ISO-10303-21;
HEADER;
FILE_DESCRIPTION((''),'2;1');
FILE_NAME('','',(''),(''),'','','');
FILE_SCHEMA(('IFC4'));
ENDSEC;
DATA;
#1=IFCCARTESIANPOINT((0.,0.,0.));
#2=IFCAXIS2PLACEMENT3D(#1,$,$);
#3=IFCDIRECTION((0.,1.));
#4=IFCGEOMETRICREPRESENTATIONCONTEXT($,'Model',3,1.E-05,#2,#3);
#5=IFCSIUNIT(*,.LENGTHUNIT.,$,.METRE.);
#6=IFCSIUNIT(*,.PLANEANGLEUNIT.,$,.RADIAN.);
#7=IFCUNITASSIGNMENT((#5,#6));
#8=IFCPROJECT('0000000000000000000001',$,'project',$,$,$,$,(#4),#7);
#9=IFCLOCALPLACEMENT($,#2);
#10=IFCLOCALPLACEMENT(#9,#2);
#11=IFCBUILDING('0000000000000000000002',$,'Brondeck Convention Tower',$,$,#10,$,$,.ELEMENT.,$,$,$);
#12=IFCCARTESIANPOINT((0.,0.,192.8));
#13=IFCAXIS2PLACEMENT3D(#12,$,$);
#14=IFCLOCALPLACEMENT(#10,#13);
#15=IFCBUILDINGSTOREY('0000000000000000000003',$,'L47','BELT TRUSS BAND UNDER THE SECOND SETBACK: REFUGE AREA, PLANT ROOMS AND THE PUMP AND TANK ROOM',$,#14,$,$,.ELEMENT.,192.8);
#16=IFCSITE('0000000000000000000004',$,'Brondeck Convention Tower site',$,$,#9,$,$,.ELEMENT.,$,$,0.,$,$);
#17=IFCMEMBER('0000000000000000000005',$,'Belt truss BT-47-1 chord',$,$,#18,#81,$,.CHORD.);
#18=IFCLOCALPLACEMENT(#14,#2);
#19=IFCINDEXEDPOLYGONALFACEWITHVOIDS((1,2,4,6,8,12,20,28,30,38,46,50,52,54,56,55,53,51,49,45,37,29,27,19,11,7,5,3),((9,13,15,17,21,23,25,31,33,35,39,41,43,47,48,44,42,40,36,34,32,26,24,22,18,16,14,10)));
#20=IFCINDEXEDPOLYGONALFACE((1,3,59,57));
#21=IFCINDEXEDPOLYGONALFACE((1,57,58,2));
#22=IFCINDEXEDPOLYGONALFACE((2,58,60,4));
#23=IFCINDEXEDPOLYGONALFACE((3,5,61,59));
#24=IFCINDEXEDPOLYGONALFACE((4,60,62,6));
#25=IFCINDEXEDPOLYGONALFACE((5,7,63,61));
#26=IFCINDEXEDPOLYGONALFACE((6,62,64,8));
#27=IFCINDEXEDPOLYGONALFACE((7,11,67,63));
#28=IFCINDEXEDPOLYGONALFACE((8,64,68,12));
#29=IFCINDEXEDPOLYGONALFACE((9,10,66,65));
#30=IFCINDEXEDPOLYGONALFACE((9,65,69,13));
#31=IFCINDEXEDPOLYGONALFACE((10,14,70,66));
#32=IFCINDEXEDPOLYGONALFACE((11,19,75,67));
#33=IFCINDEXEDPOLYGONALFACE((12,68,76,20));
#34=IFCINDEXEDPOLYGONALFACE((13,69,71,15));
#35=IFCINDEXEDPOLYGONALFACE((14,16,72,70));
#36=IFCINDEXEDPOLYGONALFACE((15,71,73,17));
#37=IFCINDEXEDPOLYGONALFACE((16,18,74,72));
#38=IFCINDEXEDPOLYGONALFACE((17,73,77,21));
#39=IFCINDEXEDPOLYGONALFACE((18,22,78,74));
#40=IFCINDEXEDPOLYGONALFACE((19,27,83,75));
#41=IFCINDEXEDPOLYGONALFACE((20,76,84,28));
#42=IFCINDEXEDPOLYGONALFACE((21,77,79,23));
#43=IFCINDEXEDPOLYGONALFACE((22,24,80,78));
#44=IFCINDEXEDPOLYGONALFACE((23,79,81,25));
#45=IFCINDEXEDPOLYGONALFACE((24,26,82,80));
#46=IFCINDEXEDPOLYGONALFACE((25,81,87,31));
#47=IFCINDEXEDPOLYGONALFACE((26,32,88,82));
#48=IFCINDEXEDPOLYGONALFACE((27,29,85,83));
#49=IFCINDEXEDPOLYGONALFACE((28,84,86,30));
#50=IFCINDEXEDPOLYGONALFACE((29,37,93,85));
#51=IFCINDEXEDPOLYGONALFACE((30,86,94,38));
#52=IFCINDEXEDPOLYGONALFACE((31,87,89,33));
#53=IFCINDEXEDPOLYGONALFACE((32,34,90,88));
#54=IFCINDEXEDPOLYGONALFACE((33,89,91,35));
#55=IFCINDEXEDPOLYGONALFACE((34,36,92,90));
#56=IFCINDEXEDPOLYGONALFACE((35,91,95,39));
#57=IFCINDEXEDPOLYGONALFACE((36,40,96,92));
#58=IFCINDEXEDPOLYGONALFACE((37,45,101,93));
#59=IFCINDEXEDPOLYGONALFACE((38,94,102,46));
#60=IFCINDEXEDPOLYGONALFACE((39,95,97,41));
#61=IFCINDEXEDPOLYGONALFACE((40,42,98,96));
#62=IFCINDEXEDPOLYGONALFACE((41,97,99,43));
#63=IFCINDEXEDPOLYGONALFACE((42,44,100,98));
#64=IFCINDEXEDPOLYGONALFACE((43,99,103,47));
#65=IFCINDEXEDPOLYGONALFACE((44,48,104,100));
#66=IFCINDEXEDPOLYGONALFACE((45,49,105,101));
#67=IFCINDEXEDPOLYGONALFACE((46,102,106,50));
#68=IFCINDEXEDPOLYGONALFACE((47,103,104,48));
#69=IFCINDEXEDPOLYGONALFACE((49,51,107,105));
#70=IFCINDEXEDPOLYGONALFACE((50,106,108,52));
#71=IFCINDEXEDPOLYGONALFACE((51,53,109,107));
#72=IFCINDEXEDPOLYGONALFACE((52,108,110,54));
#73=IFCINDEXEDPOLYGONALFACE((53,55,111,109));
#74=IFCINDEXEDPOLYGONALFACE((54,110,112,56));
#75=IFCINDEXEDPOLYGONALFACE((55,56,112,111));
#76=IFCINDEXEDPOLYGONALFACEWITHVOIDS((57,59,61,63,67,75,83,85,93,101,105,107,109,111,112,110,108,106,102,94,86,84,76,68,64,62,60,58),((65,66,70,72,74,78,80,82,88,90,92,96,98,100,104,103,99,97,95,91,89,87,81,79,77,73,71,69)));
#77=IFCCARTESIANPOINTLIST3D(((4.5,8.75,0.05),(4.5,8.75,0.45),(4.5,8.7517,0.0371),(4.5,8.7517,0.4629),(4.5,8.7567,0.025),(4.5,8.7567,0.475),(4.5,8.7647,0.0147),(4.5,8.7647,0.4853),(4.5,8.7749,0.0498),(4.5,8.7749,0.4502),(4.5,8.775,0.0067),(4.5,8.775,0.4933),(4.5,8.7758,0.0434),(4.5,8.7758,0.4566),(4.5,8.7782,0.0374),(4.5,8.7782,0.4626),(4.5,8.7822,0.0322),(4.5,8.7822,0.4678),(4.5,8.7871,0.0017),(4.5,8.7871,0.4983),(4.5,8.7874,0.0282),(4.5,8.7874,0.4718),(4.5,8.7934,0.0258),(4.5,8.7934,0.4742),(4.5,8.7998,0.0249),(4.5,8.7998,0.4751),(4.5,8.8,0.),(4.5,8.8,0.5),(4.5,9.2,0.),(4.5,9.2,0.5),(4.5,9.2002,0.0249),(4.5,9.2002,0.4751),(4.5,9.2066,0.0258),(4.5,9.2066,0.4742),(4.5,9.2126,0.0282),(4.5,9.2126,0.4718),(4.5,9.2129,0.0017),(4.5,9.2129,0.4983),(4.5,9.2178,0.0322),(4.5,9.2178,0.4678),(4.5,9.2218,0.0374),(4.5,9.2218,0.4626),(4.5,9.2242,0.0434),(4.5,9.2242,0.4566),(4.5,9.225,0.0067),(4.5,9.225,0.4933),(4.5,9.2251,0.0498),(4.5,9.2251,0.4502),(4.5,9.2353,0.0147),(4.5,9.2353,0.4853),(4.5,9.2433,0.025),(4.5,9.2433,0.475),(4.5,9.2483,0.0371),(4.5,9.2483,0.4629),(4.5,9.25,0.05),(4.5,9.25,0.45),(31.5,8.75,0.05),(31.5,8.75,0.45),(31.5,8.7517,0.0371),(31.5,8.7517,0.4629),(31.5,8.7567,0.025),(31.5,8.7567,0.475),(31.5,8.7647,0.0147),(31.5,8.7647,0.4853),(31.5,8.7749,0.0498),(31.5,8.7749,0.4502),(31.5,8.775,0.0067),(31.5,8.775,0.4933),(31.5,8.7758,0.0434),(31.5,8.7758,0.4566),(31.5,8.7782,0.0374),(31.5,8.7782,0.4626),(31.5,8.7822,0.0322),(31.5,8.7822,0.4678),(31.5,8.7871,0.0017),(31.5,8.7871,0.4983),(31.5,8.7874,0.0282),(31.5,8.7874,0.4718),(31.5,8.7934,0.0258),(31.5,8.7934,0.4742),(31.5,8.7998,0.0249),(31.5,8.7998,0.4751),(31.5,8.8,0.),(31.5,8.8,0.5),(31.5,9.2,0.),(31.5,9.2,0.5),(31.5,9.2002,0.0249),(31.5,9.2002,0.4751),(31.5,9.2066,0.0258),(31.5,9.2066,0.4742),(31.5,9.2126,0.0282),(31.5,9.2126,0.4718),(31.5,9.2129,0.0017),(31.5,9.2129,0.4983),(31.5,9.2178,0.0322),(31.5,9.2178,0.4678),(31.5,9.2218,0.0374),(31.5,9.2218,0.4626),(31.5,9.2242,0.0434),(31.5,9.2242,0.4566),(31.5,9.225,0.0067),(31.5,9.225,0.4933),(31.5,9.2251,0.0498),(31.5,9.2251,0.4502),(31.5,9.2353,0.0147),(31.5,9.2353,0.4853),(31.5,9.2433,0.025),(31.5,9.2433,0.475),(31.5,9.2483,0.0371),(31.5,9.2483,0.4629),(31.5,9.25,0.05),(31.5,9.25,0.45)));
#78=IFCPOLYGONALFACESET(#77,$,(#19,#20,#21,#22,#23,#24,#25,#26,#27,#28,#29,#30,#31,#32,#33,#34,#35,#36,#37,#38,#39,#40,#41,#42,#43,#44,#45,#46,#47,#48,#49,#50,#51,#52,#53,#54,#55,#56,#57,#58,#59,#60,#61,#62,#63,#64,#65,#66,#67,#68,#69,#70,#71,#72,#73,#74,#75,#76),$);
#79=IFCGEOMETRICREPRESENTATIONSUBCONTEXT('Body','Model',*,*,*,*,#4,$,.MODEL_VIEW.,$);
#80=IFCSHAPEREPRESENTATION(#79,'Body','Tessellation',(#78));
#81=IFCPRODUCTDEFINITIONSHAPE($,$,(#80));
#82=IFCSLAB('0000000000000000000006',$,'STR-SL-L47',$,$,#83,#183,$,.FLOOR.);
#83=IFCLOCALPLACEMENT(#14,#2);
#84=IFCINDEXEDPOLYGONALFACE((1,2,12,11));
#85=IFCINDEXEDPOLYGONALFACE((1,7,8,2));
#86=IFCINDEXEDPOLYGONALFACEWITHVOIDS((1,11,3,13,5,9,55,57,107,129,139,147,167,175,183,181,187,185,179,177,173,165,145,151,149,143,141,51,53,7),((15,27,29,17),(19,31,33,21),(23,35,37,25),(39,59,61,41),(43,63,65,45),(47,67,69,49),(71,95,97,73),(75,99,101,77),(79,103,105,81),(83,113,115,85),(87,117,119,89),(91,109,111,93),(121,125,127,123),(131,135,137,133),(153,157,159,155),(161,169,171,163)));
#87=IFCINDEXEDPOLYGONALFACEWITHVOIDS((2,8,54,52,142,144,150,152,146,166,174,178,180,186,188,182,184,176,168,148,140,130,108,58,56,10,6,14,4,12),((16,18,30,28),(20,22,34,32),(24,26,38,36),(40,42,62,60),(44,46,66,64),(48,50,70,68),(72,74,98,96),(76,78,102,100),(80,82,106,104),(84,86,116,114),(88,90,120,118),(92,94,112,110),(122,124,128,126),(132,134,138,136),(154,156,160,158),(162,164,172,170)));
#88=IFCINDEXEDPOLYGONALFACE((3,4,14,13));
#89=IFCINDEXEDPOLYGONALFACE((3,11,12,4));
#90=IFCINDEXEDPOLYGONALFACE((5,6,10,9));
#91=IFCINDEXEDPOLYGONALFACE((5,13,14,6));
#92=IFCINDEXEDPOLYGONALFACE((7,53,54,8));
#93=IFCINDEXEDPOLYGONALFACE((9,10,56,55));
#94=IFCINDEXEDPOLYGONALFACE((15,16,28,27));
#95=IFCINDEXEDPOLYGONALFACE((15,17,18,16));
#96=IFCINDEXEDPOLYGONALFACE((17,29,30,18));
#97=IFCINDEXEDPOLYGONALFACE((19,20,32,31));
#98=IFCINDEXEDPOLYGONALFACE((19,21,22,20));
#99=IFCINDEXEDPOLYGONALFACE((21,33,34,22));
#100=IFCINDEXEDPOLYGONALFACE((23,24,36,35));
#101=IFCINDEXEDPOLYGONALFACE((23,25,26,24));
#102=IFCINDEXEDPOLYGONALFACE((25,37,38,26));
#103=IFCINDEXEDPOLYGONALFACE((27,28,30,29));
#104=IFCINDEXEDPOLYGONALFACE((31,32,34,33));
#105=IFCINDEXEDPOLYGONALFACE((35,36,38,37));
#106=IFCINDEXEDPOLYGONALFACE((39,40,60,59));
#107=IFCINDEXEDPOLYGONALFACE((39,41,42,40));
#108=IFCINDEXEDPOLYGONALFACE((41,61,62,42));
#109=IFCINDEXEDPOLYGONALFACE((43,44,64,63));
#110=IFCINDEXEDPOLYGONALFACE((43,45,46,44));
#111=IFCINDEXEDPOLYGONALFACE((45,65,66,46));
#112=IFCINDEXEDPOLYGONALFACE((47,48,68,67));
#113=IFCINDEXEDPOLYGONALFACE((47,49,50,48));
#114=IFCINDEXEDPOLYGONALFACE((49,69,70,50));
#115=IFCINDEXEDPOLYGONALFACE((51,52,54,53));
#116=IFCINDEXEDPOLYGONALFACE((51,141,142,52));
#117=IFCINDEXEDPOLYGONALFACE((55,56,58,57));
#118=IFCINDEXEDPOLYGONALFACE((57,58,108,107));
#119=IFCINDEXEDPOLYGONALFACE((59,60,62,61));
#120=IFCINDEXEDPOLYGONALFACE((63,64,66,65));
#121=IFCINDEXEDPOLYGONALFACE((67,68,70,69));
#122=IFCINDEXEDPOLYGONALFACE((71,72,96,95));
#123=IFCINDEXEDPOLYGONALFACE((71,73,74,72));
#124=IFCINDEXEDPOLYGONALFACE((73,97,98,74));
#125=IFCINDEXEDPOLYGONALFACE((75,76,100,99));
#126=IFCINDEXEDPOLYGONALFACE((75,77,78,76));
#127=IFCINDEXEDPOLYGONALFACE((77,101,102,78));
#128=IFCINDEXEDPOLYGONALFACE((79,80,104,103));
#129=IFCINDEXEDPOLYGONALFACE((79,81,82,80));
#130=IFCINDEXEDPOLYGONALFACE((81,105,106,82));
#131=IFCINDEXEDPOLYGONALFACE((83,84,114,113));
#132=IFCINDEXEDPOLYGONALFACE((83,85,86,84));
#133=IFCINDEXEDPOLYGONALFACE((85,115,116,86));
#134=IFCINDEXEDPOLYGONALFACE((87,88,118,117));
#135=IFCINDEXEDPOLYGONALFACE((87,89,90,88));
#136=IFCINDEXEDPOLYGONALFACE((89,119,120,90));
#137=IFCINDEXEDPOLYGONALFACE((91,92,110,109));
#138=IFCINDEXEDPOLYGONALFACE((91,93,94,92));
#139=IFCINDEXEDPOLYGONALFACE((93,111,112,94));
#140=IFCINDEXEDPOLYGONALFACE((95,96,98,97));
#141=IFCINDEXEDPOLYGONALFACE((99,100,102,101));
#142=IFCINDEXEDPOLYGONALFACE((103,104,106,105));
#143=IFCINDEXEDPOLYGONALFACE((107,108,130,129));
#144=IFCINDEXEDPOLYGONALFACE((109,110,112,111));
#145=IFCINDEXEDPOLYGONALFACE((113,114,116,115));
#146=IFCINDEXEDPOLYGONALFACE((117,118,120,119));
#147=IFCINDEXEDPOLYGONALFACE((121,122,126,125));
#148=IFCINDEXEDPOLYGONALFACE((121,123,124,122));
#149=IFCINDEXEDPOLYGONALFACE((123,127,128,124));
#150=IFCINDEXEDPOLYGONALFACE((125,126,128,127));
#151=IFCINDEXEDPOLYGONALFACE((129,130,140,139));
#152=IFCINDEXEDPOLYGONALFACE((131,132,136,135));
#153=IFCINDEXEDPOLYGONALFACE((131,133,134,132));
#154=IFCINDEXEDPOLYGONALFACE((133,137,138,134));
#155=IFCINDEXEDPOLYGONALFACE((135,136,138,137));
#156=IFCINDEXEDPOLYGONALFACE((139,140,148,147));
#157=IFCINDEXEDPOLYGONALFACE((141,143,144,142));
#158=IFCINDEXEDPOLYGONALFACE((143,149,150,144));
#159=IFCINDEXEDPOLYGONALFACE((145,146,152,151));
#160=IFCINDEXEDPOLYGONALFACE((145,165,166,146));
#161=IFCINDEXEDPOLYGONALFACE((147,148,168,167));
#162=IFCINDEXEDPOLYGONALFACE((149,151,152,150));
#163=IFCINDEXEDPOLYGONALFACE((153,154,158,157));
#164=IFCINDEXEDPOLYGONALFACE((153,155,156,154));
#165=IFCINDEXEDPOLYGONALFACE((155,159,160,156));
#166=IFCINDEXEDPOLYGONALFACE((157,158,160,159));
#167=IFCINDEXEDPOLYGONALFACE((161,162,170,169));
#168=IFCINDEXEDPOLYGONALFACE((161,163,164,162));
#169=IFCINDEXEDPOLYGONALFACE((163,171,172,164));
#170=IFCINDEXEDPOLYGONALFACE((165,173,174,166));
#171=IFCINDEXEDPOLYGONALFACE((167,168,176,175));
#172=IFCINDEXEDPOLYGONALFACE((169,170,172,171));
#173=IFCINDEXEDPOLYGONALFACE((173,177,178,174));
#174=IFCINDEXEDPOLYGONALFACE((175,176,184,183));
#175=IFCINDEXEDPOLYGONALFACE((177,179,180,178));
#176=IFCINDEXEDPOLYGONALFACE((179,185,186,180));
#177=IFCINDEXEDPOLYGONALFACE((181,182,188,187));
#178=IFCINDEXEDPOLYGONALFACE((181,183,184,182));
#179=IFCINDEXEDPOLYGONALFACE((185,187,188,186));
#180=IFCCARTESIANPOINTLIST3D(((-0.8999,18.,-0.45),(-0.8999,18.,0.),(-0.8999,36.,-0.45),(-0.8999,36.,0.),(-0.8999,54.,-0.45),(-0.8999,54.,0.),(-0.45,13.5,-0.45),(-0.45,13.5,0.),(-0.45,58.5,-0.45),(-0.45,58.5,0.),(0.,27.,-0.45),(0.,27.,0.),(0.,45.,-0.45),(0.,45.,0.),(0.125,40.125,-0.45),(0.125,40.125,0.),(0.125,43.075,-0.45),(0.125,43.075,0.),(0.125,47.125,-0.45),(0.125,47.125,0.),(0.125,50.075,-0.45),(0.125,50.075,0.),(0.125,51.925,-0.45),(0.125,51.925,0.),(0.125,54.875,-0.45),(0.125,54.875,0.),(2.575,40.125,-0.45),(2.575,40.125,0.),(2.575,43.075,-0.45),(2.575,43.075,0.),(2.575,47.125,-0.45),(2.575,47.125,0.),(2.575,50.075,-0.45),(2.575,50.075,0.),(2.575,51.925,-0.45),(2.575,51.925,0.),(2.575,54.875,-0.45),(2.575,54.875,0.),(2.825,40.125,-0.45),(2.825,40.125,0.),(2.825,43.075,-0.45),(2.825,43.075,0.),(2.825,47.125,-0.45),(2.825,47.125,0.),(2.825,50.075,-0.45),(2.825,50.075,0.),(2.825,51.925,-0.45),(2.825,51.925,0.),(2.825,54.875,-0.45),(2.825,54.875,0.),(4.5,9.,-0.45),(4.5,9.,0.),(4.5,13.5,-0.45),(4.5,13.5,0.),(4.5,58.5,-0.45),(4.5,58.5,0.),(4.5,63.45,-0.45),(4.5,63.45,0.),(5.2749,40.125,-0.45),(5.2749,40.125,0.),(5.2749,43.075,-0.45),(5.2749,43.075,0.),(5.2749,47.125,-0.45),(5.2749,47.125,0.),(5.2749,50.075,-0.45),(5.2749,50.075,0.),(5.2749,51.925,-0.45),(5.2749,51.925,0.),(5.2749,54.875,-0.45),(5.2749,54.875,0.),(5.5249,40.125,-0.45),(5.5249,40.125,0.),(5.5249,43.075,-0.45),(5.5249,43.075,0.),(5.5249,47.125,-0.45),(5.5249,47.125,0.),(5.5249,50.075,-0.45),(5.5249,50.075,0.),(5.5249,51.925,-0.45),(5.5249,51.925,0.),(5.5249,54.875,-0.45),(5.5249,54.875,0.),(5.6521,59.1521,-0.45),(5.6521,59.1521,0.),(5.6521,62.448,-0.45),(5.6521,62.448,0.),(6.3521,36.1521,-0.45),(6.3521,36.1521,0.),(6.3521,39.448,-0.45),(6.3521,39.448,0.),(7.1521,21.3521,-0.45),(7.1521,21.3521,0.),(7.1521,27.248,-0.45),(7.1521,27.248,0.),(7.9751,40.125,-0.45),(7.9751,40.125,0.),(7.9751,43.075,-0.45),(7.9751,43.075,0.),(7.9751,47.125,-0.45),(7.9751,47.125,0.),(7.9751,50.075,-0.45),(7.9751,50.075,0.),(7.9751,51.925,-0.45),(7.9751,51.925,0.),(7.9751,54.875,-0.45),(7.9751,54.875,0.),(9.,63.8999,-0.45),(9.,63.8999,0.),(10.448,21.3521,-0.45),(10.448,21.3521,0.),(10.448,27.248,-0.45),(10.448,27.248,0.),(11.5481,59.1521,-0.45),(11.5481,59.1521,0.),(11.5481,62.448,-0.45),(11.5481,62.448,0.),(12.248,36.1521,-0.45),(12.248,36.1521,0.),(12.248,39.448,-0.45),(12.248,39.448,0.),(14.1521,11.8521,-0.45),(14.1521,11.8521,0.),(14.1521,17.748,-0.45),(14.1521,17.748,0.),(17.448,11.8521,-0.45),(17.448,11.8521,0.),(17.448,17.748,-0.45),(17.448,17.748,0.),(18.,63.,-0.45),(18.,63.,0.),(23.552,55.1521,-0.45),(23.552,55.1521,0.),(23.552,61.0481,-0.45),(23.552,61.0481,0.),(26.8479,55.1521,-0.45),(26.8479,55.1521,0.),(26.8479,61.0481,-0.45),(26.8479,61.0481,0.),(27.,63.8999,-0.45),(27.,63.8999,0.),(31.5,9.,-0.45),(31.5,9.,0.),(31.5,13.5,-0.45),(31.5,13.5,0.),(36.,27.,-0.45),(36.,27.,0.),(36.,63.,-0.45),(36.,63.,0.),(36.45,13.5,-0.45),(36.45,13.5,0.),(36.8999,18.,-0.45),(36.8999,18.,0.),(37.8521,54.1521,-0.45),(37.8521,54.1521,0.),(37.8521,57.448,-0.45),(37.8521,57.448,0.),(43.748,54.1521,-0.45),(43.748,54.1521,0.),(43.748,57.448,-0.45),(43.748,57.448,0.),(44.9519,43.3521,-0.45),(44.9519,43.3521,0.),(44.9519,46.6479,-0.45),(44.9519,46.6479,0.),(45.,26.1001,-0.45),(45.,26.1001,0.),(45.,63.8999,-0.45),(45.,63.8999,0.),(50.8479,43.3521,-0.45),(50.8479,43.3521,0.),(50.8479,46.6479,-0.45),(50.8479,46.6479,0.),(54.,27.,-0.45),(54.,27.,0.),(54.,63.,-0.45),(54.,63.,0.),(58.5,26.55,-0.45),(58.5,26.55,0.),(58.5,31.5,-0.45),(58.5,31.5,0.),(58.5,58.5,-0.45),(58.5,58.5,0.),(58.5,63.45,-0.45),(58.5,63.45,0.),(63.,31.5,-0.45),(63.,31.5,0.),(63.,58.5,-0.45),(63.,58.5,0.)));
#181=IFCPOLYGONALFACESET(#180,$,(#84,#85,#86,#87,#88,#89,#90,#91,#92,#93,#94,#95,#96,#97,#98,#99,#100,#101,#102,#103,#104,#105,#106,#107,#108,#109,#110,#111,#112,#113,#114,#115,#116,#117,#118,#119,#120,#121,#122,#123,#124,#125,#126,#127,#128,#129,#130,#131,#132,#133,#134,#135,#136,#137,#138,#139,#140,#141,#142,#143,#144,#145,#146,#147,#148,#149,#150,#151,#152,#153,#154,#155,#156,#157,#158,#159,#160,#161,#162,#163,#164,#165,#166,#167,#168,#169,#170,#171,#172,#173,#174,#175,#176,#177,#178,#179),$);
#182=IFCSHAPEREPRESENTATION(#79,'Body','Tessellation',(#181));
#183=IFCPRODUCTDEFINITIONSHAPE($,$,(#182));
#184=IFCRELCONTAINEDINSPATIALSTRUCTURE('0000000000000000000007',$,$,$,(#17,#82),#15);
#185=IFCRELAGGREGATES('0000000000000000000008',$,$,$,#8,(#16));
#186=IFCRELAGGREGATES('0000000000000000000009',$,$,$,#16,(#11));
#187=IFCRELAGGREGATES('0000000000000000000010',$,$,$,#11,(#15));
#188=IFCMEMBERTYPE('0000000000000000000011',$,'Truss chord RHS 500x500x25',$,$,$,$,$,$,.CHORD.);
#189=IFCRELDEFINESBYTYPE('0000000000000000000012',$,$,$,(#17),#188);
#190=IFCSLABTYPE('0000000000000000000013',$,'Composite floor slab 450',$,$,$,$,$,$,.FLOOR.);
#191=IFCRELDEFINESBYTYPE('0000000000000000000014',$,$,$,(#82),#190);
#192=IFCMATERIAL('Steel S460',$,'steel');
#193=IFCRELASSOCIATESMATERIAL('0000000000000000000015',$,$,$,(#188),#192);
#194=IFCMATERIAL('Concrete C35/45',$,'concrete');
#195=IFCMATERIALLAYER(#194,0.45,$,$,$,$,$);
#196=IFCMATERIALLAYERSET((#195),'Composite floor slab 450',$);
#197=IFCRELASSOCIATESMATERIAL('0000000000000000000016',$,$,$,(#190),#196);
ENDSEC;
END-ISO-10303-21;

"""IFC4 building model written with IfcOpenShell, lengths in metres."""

from ifc_helpers import new_model, si_unit, direction, frame, origin, origin_2d, place, context, subcontext, project, spatial, polyline, hollow_rectangle, outline, extrude, material, layer, layer_set, material_profile, profile_set, type_object, element, save


model = new_model("IFC4")

# Units and contexts
model_context = context("Model", 3, precision=1e-05, world=origin(), true_north=direction((0.0, 1.0)))
body_context = subcontext(model_context, "Body", "Model", "MODEL_VIEW")
ifc_project = project(units=[si_unit("LENGTHUNIT", "METRE"), si_unit("PLANEANGLEUNIT", "RADIAN")], contexts=[model_context])

# Site, building, storey
site_placement = place(None, origin())
site = spatial("IfcSite", under=ifc_project, at=site_placement, Name="Brondeck Convention Tower site", CompositionType="ELEMENT", RefElevation=0.0)
building_placement = place(site_placement, origin())
building = spatial("IfcBuilding", under=site, at=building_placement, Name="Brondeck Convention Tower", CompositionType="ELEMENT")
storey_placement = place(building_placement, frame((0.0, 0.0, 192.8)))
storey = spatial("IfcBuildingStorey", under=building, at=storey_placement, Name="L47", Description="BELT TRUSS BAND UNDER THE SECOND SETBACK: REFUGE AREA, PLANT ROOMS AND THE PUMP AND TANK ROOM", CompositionType="ELEMENT", Elevation=192.8)

# Shared definitions
ifc_material_1 = material(Name="Steel S460", Category="steel")

# Member
ifc_material_profile_1 = material_profile(ifc_material_1, hollow_rectangle(XDim=0.5, YDim=0.5, WallThickness=0.0249, InnerFilletRadius=0.0249, OuterFilletRadius=0.05, at=origin_2d()), Name="RHS 500x500x25")
ifc_profile_set_1 = profile_set([ifc_material_profile_1], Name="Steel S460")
member_type_1 = type_object("IfcMemberType", Name="Truss chord RHS 500x500x25", PredefinedType="CHORD", material=ifc_profile_set_1)
member_placement = place(storey_placement, frame((4.5, 9.0, 0.25), z_axis=(1.0, 0.0, 0.0), x_axis=(0.0, 1.0, 0.0)))
element("IfcMember", 1, at=member_placement, inside=storey, type_object=member_type_1, Name="Belt truss BT-47-1 chord", PredefinedType="CHORD", context=body_context, shape_type="SweptSolid", body=[
    extrude(hollow_rectangle(XDim=0.5, YDim=0.5, WallThickness=0.0249, InnerFilletRadius=0.0249, OuterFilletRadius=0.05, at=origin_2d()), origin(), (0.0, 0.0, 1.0), 27.0),
])

# Slab
ifc_material_2 = material(Name="Concrete C35/45", Category="concrete")
ifc_layer_1 = layer(ifc_material_2, 0.45)
ifc_layer_set_1 = layer_set([ifc_layer_1], Name="Composite floor slab 450")
slab_type_1 = type_object("IfcSlabType", Name="Composite floor slab 450", PredefinedType="FLOOR", material=ifc_layer_set_1)
slab_1_placement = place(storey_placement, frame((0.0, 0.0, -0.45)))
element("IfcSlab", 2, at=slab_1_placement, inside=storey, type_object=slab_type_1, Name="STR-SL-L47", PredefinedType="FLOOR", context=body_context, shape_type="SweptSolid", body=[
    extrude(outline(polyline([(4.5, 13.5), (-0.45, 13.5), (-0.8999, 18.0), (0.0, 27.0), (-0.8999, 36.0), (0.0, 45.0), (-0.8999, 54.0), (-0.45, 58.5), (4.5, 58.5), (4.5, 63.45), (9.0, 63.8999), (18.0, 63.0), (27.0, 63.8999), (36.0, 63.0), (45.0, 63.8999), (54.0, 63.0), (58.5, 63.45), (58.5, 58.5), (63.0, 58.5), (63.0, 31.5), (58.5, 31.5), (58.5, 26.55), (54.0, 27.0), (45.0, 26.1001), (36.0, 27.0), (36.8999, 18.0), (36.45, 13.5), (31.5, 13.5), (31.5, 9.0), (4.5, 9.0), (4.5, 13.5)]), holes=[polyline([(2.575, 40.125), (2.575, 43.075), (0.125, 43.075), (0.125, 40.125), (2.575, 40.125)]), polyline([(5.2749, 40.125), (5.2749, 43.075), (2.825, 43.075), (2.825, 40.125), (5.2749, 40.125)]), polyline([(7.9751, 40.125), (7.9751, 43.075), (5.5249, 43.075), (5.5249, 40.125), (7.9751, 40.125)]), polyline([(2.575, 47.125), (2.575, 50.075), (0.125, 50.075), (0.125, 47.125), (2.575, 47.125)]), polyline([(5.2749, 47.125), (5.2749, 50.075), (2.825, 50.075), (2.825, 47.125), (5.2749, 47.125)]), polyline([(7.9751, 47.125), (7.9751, 50.075), (5.5249, 50.075), (5.5249, 47.125), (7.9751, 47.125)]), polyline([(2.575, 51.925), (2.575, 54.875), (0.125, 54.875), (0.125, 51.925), (2.575, 51.925)]), polyline([(5.2749, 51.925), (5.2749, 54.875), (2.825, 54.875), (2.825, 51.925), (5.2749, 51.925)]), polyline([(17.448, 17.748), (14.1521, 17.748), (14.1521, 11.8521), (17.448, 11.8521), (17.448, 17.748)]), polyline([(10.448, 27.248), (7.1521, 27.248), (7.1521, 21.3521), (10.448, 21.3521), (10.448, 27.248)]), polyline([(12.248, 36.1521), (12.248, 39.448), (6.3521, 39.448), (6.3521, 36.1521), (12.248, 36.1521)]), polyline([(50.8479, 43.3521), (50.8479, 46.6479), (44.9519, 46.6479), (44.9519, 43.3521), (50.8479, 43.3521)]), polyline([(7.9751, 51.925), (7.9751, 54.875), (5.5249, 54.875), (5.5249, 51.925), (7.9751, 51.925)]), polyline([(43.748, 54.1521), (43.748, 57.448), (37.8521, 57.448), (37.8521, 54.1521), (43.748, 54.1521)]), polyline([(23.552, 55.1521), (26.8479, 55.1521), (26.8479, 61.0481), (23.552, 61.0481), (23.552, 55.1521)]), polyline([(5.6521, 62.448), (5.6521, 59.1521), (11.5481, 59.1521), (11.5481, 62.448), (5.6521, 62.448)])]), origin(), (0.0, 0.0, 1.0), 0.45),
])

save(model, "model.ifc")
